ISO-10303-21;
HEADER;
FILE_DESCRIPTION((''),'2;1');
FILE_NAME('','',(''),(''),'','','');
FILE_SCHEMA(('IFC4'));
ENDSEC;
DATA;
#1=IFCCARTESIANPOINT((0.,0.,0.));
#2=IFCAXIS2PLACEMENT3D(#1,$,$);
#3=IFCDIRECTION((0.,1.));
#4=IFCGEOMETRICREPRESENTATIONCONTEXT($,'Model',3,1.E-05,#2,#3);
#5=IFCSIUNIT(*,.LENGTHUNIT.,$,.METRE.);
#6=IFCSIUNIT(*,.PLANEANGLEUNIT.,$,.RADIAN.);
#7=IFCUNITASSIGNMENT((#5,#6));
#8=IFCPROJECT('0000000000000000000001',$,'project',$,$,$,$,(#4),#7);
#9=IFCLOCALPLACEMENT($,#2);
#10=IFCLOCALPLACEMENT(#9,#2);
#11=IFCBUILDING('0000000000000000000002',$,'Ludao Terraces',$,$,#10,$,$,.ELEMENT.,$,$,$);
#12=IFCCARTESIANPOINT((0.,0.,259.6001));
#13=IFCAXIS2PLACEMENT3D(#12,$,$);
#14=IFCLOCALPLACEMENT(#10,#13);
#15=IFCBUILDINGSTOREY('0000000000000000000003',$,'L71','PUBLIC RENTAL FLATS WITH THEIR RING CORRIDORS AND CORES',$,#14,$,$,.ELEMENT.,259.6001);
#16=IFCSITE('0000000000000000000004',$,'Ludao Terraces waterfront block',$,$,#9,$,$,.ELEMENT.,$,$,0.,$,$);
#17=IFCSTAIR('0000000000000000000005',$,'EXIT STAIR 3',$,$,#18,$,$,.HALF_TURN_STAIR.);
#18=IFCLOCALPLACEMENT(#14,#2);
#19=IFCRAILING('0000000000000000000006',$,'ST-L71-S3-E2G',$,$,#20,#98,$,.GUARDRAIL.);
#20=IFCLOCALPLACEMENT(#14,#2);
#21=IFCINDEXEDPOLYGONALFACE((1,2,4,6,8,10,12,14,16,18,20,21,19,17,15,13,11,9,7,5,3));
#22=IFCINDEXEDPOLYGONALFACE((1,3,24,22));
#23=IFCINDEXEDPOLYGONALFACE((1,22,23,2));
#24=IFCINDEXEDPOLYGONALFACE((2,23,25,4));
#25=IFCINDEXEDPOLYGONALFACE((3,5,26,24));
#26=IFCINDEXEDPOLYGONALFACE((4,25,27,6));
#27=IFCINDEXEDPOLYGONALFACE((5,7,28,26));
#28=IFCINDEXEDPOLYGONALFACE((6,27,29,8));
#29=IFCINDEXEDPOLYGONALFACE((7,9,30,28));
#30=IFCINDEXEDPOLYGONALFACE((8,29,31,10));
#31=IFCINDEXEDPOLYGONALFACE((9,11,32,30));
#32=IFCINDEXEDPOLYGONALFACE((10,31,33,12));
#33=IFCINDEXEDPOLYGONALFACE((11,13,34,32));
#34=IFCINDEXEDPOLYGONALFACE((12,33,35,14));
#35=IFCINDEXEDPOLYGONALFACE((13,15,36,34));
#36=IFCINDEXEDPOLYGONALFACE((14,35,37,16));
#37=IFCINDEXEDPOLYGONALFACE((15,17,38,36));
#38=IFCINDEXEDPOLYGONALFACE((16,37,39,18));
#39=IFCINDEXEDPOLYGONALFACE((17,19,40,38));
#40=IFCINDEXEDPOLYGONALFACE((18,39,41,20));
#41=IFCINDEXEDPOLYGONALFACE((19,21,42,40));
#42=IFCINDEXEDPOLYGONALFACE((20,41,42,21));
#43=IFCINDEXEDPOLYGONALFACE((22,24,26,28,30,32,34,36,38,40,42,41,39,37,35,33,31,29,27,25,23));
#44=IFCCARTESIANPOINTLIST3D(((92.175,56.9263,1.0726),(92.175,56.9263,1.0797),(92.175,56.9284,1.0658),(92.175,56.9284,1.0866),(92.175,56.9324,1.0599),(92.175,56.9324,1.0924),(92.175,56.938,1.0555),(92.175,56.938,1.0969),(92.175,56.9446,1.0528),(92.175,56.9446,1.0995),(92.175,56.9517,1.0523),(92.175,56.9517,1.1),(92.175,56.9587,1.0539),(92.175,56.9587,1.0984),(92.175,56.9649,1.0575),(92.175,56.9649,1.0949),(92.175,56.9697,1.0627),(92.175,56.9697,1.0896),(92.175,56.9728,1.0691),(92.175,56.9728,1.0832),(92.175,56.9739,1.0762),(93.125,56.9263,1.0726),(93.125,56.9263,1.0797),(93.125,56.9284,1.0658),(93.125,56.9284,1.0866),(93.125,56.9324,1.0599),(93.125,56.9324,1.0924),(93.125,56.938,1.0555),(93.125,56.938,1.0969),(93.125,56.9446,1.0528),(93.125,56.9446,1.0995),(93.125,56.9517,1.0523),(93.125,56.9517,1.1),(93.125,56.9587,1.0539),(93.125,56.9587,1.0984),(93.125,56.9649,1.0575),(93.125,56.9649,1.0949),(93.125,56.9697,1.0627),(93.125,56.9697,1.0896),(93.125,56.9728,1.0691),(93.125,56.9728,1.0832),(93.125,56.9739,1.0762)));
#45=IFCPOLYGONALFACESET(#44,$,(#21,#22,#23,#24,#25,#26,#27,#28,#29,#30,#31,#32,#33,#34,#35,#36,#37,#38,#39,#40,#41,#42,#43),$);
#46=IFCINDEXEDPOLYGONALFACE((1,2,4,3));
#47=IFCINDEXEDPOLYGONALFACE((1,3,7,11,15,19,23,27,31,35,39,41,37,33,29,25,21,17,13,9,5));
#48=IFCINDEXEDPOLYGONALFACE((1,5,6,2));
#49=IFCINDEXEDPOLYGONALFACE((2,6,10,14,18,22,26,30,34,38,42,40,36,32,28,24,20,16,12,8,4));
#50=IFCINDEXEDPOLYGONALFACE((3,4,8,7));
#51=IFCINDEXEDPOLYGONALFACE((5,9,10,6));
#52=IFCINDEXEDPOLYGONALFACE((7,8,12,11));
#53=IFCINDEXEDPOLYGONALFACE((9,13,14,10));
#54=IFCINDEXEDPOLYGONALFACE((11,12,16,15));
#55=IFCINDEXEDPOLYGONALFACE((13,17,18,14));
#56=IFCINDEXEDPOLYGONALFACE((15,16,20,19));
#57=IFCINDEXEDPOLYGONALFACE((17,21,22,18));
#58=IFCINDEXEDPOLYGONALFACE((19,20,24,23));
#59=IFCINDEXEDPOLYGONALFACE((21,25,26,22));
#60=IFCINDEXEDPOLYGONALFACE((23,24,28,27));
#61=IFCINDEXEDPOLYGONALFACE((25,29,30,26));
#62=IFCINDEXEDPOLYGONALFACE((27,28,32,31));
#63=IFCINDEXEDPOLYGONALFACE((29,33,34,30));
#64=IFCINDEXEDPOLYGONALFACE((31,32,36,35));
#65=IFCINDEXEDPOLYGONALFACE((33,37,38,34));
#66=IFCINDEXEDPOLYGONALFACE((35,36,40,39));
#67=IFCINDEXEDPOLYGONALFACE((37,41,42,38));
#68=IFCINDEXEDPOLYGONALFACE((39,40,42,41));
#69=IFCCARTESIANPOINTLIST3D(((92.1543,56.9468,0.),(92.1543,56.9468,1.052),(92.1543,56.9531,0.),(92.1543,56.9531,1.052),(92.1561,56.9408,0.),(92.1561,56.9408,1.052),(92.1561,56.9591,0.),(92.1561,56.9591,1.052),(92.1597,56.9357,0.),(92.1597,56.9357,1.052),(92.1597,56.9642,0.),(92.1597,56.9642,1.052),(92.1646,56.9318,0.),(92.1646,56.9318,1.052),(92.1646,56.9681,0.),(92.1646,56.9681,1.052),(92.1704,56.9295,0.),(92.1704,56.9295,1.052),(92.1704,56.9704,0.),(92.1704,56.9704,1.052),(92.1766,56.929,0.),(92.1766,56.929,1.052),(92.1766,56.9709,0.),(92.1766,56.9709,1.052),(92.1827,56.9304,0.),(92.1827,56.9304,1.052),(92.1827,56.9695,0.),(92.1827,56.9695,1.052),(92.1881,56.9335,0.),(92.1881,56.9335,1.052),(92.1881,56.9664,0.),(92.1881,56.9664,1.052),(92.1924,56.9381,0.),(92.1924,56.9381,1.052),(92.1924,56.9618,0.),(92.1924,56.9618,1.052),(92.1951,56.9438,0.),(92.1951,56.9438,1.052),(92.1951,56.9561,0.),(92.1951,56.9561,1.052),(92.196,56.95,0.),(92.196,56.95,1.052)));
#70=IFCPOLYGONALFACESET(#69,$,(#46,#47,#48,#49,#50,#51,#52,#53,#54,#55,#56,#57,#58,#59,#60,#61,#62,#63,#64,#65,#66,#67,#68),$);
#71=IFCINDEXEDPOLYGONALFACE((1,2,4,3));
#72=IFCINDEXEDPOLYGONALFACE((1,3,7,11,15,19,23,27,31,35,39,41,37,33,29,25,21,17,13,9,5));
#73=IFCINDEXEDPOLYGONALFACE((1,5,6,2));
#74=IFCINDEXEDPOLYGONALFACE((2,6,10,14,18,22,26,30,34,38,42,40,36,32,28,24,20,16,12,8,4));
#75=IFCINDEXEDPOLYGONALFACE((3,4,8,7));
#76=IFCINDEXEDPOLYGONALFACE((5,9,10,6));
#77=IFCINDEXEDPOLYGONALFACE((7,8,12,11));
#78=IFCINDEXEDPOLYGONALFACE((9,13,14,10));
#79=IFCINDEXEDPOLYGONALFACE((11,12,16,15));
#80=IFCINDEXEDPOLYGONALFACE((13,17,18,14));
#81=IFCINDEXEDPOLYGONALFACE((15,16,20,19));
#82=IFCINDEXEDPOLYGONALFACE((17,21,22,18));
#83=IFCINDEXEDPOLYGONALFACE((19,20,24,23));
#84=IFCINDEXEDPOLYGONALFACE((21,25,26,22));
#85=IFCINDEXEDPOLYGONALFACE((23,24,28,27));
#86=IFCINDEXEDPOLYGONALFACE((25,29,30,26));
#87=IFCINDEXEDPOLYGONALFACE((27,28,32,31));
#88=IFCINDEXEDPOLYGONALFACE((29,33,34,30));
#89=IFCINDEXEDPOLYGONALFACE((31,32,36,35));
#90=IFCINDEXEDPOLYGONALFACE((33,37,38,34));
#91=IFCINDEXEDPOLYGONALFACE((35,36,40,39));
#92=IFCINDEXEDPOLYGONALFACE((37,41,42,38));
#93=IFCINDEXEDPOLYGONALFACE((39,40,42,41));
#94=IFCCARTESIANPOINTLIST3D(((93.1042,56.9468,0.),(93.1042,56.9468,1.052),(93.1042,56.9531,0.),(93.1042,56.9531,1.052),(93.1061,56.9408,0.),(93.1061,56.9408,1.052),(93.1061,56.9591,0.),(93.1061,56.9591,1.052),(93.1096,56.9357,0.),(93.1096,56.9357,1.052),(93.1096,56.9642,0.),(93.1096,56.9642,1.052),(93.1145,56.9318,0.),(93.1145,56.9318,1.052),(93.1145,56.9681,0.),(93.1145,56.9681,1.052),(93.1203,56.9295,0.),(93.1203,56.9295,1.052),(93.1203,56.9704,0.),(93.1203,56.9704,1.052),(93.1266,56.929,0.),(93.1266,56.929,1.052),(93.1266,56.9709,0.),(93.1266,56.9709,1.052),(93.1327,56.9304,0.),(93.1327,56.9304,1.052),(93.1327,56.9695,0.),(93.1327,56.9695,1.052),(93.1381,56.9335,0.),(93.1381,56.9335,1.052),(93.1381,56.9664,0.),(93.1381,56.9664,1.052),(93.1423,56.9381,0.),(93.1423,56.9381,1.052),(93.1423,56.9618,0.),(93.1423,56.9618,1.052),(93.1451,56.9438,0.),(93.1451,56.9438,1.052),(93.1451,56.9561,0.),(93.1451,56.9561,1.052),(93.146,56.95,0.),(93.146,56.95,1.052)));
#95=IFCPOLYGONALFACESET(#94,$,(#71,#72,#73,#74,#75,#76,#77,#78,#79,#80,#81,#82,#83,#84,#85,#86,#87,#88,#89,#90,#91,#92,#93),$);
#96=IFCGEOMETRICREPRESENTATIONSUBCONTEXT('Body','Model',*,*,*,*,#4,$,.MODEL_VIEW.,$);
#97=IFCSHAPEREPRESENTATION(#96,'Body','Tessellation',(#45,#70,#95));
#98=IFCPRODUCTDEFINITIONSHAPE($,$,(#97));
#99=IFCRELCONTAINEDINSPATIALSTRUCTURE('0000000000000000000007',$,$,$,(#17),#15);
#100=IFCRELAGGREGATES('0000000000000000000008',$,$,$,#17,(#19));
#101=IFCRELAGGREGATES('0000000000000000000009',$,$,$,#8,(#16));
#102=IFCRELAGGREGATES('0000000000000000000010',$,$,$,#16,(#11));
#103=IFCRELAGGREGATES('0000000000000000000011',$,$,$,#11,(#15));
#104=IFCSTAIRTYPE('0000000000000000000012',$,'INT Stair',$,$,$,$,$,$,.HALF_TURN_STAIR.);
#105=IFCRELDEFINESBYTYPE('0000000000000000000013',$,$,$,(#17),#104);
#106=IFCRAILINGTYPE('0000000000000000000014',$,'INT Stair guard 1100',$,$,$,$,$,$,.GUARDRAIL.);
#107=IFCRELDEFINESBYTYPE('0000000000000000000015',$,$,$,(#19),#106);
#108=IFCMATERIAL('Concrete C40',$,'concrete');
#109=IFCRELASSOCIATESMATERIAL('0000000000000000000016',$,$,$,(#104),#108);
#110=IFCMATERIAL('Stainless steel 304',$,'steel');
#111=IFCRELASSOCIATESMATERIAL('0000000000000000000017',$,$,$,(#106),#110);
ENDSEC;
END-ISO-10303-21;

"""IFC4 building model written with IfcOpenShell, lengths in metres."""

from ifc_helpers import new_model, si_unit, direction, frame, origin, origin_2d, place, context, subcontext, project, spatial, circle, extrude, material, type_object, element, aggregate, save


model = new_model("IFC4")

# Units and contexts
model_context = context("Model", 3, precision=1e-05, world=origin(), true_north=direction((0.0, 1.0)))
body_context = subcontext(model_context, "Body", "Model", "MODEL_VIEW")
ifc_project = project(units=[si_unit("LENGTHUNIT", "METRE"), si_unit("PLANEANGLEUNIT", "RADIAN")], contexts=[model_context])

# Site, building, storey
site_placement = place(None, origin())
site = spatial("IfcSite", under=ifc_project, at=site_placement, Name="Ludao Terraces waterfront block", CompositionType="ELEMENT", RefElevation=0.0)
building_placement = place(site_placement, origin())
building = spatial("IfcBuilding", under=site, at=building_placement, Name="Ludao Terraces", CompositionType="ELEMENT")
storey_placement = place(building_placement, frame((0.0, 0.0, 259.6001)))
storey = spatial("IfcBuildingStorey", under=building, at=storey_placement, Name="L71", Description="PUBLIC RENTAL FLATS WITH THEIR RING CORRIDORS AND CORES", CompositionType="ELEMENT", Elevation=259.6001)

# Shared definitions
ifc_material_1 = material(Name="Concrete C40", Category="concrete")

# Stair, railing
stair_type = type_object("IfcStairType", Name="INT Stair", PredefinedType="HALF_TURN_STAIR", material=ifc_material_1)
stair_placement = place(storey_placement, origin())
stair = element("IfcStair", 1, at=stair_placement, inside=storey, type_object=stair_type, Name="EXIT STAIR 3", PredefinedType="HALF_TURN_STAIR")
ifc_material_2 = material(Name="Stainless steel 304", Category="steel")
railing_type_1 = type_object("IfcRailingType", Name="INT Stair guard 1100", PredefinedType="GUARDRAIL", material=ifc_material_2)
railing_1_placement = place(storey_placement, frame((92.175, 56.95, 0.0)))
railing_1 = element("IfcRailing", 2, at=railing_1_placement, type_object=railing_type_1, Name="ST-L71-S3-E2G", PredefinedType="GUARDRAIL", context=body_context, shape_type="SweptSolid", body=[
    extrude(circle(Radius=0.0239, at=origin_2d()), frame((0.0, 0.0, 1.0762), z_axis=(1.0, 0.0, 0.0), x_axis=(0.0, 1.0, 0.0)), (0.0, 0.0, 1.0), 0.95),
    extrude(circle(Radius=0.021, at=origin_2d()), origin(), (0.0, 0.0, 1.0), 1.052),
    extrude(circle(Radius=0.021, at=origin_2d()), frame((0.95, 0.0, 0.0)), (0.0, 0.0, 1.0), 1.052),
])
aggregate(stair, [railing_1])

save(model, "model.ifc")
